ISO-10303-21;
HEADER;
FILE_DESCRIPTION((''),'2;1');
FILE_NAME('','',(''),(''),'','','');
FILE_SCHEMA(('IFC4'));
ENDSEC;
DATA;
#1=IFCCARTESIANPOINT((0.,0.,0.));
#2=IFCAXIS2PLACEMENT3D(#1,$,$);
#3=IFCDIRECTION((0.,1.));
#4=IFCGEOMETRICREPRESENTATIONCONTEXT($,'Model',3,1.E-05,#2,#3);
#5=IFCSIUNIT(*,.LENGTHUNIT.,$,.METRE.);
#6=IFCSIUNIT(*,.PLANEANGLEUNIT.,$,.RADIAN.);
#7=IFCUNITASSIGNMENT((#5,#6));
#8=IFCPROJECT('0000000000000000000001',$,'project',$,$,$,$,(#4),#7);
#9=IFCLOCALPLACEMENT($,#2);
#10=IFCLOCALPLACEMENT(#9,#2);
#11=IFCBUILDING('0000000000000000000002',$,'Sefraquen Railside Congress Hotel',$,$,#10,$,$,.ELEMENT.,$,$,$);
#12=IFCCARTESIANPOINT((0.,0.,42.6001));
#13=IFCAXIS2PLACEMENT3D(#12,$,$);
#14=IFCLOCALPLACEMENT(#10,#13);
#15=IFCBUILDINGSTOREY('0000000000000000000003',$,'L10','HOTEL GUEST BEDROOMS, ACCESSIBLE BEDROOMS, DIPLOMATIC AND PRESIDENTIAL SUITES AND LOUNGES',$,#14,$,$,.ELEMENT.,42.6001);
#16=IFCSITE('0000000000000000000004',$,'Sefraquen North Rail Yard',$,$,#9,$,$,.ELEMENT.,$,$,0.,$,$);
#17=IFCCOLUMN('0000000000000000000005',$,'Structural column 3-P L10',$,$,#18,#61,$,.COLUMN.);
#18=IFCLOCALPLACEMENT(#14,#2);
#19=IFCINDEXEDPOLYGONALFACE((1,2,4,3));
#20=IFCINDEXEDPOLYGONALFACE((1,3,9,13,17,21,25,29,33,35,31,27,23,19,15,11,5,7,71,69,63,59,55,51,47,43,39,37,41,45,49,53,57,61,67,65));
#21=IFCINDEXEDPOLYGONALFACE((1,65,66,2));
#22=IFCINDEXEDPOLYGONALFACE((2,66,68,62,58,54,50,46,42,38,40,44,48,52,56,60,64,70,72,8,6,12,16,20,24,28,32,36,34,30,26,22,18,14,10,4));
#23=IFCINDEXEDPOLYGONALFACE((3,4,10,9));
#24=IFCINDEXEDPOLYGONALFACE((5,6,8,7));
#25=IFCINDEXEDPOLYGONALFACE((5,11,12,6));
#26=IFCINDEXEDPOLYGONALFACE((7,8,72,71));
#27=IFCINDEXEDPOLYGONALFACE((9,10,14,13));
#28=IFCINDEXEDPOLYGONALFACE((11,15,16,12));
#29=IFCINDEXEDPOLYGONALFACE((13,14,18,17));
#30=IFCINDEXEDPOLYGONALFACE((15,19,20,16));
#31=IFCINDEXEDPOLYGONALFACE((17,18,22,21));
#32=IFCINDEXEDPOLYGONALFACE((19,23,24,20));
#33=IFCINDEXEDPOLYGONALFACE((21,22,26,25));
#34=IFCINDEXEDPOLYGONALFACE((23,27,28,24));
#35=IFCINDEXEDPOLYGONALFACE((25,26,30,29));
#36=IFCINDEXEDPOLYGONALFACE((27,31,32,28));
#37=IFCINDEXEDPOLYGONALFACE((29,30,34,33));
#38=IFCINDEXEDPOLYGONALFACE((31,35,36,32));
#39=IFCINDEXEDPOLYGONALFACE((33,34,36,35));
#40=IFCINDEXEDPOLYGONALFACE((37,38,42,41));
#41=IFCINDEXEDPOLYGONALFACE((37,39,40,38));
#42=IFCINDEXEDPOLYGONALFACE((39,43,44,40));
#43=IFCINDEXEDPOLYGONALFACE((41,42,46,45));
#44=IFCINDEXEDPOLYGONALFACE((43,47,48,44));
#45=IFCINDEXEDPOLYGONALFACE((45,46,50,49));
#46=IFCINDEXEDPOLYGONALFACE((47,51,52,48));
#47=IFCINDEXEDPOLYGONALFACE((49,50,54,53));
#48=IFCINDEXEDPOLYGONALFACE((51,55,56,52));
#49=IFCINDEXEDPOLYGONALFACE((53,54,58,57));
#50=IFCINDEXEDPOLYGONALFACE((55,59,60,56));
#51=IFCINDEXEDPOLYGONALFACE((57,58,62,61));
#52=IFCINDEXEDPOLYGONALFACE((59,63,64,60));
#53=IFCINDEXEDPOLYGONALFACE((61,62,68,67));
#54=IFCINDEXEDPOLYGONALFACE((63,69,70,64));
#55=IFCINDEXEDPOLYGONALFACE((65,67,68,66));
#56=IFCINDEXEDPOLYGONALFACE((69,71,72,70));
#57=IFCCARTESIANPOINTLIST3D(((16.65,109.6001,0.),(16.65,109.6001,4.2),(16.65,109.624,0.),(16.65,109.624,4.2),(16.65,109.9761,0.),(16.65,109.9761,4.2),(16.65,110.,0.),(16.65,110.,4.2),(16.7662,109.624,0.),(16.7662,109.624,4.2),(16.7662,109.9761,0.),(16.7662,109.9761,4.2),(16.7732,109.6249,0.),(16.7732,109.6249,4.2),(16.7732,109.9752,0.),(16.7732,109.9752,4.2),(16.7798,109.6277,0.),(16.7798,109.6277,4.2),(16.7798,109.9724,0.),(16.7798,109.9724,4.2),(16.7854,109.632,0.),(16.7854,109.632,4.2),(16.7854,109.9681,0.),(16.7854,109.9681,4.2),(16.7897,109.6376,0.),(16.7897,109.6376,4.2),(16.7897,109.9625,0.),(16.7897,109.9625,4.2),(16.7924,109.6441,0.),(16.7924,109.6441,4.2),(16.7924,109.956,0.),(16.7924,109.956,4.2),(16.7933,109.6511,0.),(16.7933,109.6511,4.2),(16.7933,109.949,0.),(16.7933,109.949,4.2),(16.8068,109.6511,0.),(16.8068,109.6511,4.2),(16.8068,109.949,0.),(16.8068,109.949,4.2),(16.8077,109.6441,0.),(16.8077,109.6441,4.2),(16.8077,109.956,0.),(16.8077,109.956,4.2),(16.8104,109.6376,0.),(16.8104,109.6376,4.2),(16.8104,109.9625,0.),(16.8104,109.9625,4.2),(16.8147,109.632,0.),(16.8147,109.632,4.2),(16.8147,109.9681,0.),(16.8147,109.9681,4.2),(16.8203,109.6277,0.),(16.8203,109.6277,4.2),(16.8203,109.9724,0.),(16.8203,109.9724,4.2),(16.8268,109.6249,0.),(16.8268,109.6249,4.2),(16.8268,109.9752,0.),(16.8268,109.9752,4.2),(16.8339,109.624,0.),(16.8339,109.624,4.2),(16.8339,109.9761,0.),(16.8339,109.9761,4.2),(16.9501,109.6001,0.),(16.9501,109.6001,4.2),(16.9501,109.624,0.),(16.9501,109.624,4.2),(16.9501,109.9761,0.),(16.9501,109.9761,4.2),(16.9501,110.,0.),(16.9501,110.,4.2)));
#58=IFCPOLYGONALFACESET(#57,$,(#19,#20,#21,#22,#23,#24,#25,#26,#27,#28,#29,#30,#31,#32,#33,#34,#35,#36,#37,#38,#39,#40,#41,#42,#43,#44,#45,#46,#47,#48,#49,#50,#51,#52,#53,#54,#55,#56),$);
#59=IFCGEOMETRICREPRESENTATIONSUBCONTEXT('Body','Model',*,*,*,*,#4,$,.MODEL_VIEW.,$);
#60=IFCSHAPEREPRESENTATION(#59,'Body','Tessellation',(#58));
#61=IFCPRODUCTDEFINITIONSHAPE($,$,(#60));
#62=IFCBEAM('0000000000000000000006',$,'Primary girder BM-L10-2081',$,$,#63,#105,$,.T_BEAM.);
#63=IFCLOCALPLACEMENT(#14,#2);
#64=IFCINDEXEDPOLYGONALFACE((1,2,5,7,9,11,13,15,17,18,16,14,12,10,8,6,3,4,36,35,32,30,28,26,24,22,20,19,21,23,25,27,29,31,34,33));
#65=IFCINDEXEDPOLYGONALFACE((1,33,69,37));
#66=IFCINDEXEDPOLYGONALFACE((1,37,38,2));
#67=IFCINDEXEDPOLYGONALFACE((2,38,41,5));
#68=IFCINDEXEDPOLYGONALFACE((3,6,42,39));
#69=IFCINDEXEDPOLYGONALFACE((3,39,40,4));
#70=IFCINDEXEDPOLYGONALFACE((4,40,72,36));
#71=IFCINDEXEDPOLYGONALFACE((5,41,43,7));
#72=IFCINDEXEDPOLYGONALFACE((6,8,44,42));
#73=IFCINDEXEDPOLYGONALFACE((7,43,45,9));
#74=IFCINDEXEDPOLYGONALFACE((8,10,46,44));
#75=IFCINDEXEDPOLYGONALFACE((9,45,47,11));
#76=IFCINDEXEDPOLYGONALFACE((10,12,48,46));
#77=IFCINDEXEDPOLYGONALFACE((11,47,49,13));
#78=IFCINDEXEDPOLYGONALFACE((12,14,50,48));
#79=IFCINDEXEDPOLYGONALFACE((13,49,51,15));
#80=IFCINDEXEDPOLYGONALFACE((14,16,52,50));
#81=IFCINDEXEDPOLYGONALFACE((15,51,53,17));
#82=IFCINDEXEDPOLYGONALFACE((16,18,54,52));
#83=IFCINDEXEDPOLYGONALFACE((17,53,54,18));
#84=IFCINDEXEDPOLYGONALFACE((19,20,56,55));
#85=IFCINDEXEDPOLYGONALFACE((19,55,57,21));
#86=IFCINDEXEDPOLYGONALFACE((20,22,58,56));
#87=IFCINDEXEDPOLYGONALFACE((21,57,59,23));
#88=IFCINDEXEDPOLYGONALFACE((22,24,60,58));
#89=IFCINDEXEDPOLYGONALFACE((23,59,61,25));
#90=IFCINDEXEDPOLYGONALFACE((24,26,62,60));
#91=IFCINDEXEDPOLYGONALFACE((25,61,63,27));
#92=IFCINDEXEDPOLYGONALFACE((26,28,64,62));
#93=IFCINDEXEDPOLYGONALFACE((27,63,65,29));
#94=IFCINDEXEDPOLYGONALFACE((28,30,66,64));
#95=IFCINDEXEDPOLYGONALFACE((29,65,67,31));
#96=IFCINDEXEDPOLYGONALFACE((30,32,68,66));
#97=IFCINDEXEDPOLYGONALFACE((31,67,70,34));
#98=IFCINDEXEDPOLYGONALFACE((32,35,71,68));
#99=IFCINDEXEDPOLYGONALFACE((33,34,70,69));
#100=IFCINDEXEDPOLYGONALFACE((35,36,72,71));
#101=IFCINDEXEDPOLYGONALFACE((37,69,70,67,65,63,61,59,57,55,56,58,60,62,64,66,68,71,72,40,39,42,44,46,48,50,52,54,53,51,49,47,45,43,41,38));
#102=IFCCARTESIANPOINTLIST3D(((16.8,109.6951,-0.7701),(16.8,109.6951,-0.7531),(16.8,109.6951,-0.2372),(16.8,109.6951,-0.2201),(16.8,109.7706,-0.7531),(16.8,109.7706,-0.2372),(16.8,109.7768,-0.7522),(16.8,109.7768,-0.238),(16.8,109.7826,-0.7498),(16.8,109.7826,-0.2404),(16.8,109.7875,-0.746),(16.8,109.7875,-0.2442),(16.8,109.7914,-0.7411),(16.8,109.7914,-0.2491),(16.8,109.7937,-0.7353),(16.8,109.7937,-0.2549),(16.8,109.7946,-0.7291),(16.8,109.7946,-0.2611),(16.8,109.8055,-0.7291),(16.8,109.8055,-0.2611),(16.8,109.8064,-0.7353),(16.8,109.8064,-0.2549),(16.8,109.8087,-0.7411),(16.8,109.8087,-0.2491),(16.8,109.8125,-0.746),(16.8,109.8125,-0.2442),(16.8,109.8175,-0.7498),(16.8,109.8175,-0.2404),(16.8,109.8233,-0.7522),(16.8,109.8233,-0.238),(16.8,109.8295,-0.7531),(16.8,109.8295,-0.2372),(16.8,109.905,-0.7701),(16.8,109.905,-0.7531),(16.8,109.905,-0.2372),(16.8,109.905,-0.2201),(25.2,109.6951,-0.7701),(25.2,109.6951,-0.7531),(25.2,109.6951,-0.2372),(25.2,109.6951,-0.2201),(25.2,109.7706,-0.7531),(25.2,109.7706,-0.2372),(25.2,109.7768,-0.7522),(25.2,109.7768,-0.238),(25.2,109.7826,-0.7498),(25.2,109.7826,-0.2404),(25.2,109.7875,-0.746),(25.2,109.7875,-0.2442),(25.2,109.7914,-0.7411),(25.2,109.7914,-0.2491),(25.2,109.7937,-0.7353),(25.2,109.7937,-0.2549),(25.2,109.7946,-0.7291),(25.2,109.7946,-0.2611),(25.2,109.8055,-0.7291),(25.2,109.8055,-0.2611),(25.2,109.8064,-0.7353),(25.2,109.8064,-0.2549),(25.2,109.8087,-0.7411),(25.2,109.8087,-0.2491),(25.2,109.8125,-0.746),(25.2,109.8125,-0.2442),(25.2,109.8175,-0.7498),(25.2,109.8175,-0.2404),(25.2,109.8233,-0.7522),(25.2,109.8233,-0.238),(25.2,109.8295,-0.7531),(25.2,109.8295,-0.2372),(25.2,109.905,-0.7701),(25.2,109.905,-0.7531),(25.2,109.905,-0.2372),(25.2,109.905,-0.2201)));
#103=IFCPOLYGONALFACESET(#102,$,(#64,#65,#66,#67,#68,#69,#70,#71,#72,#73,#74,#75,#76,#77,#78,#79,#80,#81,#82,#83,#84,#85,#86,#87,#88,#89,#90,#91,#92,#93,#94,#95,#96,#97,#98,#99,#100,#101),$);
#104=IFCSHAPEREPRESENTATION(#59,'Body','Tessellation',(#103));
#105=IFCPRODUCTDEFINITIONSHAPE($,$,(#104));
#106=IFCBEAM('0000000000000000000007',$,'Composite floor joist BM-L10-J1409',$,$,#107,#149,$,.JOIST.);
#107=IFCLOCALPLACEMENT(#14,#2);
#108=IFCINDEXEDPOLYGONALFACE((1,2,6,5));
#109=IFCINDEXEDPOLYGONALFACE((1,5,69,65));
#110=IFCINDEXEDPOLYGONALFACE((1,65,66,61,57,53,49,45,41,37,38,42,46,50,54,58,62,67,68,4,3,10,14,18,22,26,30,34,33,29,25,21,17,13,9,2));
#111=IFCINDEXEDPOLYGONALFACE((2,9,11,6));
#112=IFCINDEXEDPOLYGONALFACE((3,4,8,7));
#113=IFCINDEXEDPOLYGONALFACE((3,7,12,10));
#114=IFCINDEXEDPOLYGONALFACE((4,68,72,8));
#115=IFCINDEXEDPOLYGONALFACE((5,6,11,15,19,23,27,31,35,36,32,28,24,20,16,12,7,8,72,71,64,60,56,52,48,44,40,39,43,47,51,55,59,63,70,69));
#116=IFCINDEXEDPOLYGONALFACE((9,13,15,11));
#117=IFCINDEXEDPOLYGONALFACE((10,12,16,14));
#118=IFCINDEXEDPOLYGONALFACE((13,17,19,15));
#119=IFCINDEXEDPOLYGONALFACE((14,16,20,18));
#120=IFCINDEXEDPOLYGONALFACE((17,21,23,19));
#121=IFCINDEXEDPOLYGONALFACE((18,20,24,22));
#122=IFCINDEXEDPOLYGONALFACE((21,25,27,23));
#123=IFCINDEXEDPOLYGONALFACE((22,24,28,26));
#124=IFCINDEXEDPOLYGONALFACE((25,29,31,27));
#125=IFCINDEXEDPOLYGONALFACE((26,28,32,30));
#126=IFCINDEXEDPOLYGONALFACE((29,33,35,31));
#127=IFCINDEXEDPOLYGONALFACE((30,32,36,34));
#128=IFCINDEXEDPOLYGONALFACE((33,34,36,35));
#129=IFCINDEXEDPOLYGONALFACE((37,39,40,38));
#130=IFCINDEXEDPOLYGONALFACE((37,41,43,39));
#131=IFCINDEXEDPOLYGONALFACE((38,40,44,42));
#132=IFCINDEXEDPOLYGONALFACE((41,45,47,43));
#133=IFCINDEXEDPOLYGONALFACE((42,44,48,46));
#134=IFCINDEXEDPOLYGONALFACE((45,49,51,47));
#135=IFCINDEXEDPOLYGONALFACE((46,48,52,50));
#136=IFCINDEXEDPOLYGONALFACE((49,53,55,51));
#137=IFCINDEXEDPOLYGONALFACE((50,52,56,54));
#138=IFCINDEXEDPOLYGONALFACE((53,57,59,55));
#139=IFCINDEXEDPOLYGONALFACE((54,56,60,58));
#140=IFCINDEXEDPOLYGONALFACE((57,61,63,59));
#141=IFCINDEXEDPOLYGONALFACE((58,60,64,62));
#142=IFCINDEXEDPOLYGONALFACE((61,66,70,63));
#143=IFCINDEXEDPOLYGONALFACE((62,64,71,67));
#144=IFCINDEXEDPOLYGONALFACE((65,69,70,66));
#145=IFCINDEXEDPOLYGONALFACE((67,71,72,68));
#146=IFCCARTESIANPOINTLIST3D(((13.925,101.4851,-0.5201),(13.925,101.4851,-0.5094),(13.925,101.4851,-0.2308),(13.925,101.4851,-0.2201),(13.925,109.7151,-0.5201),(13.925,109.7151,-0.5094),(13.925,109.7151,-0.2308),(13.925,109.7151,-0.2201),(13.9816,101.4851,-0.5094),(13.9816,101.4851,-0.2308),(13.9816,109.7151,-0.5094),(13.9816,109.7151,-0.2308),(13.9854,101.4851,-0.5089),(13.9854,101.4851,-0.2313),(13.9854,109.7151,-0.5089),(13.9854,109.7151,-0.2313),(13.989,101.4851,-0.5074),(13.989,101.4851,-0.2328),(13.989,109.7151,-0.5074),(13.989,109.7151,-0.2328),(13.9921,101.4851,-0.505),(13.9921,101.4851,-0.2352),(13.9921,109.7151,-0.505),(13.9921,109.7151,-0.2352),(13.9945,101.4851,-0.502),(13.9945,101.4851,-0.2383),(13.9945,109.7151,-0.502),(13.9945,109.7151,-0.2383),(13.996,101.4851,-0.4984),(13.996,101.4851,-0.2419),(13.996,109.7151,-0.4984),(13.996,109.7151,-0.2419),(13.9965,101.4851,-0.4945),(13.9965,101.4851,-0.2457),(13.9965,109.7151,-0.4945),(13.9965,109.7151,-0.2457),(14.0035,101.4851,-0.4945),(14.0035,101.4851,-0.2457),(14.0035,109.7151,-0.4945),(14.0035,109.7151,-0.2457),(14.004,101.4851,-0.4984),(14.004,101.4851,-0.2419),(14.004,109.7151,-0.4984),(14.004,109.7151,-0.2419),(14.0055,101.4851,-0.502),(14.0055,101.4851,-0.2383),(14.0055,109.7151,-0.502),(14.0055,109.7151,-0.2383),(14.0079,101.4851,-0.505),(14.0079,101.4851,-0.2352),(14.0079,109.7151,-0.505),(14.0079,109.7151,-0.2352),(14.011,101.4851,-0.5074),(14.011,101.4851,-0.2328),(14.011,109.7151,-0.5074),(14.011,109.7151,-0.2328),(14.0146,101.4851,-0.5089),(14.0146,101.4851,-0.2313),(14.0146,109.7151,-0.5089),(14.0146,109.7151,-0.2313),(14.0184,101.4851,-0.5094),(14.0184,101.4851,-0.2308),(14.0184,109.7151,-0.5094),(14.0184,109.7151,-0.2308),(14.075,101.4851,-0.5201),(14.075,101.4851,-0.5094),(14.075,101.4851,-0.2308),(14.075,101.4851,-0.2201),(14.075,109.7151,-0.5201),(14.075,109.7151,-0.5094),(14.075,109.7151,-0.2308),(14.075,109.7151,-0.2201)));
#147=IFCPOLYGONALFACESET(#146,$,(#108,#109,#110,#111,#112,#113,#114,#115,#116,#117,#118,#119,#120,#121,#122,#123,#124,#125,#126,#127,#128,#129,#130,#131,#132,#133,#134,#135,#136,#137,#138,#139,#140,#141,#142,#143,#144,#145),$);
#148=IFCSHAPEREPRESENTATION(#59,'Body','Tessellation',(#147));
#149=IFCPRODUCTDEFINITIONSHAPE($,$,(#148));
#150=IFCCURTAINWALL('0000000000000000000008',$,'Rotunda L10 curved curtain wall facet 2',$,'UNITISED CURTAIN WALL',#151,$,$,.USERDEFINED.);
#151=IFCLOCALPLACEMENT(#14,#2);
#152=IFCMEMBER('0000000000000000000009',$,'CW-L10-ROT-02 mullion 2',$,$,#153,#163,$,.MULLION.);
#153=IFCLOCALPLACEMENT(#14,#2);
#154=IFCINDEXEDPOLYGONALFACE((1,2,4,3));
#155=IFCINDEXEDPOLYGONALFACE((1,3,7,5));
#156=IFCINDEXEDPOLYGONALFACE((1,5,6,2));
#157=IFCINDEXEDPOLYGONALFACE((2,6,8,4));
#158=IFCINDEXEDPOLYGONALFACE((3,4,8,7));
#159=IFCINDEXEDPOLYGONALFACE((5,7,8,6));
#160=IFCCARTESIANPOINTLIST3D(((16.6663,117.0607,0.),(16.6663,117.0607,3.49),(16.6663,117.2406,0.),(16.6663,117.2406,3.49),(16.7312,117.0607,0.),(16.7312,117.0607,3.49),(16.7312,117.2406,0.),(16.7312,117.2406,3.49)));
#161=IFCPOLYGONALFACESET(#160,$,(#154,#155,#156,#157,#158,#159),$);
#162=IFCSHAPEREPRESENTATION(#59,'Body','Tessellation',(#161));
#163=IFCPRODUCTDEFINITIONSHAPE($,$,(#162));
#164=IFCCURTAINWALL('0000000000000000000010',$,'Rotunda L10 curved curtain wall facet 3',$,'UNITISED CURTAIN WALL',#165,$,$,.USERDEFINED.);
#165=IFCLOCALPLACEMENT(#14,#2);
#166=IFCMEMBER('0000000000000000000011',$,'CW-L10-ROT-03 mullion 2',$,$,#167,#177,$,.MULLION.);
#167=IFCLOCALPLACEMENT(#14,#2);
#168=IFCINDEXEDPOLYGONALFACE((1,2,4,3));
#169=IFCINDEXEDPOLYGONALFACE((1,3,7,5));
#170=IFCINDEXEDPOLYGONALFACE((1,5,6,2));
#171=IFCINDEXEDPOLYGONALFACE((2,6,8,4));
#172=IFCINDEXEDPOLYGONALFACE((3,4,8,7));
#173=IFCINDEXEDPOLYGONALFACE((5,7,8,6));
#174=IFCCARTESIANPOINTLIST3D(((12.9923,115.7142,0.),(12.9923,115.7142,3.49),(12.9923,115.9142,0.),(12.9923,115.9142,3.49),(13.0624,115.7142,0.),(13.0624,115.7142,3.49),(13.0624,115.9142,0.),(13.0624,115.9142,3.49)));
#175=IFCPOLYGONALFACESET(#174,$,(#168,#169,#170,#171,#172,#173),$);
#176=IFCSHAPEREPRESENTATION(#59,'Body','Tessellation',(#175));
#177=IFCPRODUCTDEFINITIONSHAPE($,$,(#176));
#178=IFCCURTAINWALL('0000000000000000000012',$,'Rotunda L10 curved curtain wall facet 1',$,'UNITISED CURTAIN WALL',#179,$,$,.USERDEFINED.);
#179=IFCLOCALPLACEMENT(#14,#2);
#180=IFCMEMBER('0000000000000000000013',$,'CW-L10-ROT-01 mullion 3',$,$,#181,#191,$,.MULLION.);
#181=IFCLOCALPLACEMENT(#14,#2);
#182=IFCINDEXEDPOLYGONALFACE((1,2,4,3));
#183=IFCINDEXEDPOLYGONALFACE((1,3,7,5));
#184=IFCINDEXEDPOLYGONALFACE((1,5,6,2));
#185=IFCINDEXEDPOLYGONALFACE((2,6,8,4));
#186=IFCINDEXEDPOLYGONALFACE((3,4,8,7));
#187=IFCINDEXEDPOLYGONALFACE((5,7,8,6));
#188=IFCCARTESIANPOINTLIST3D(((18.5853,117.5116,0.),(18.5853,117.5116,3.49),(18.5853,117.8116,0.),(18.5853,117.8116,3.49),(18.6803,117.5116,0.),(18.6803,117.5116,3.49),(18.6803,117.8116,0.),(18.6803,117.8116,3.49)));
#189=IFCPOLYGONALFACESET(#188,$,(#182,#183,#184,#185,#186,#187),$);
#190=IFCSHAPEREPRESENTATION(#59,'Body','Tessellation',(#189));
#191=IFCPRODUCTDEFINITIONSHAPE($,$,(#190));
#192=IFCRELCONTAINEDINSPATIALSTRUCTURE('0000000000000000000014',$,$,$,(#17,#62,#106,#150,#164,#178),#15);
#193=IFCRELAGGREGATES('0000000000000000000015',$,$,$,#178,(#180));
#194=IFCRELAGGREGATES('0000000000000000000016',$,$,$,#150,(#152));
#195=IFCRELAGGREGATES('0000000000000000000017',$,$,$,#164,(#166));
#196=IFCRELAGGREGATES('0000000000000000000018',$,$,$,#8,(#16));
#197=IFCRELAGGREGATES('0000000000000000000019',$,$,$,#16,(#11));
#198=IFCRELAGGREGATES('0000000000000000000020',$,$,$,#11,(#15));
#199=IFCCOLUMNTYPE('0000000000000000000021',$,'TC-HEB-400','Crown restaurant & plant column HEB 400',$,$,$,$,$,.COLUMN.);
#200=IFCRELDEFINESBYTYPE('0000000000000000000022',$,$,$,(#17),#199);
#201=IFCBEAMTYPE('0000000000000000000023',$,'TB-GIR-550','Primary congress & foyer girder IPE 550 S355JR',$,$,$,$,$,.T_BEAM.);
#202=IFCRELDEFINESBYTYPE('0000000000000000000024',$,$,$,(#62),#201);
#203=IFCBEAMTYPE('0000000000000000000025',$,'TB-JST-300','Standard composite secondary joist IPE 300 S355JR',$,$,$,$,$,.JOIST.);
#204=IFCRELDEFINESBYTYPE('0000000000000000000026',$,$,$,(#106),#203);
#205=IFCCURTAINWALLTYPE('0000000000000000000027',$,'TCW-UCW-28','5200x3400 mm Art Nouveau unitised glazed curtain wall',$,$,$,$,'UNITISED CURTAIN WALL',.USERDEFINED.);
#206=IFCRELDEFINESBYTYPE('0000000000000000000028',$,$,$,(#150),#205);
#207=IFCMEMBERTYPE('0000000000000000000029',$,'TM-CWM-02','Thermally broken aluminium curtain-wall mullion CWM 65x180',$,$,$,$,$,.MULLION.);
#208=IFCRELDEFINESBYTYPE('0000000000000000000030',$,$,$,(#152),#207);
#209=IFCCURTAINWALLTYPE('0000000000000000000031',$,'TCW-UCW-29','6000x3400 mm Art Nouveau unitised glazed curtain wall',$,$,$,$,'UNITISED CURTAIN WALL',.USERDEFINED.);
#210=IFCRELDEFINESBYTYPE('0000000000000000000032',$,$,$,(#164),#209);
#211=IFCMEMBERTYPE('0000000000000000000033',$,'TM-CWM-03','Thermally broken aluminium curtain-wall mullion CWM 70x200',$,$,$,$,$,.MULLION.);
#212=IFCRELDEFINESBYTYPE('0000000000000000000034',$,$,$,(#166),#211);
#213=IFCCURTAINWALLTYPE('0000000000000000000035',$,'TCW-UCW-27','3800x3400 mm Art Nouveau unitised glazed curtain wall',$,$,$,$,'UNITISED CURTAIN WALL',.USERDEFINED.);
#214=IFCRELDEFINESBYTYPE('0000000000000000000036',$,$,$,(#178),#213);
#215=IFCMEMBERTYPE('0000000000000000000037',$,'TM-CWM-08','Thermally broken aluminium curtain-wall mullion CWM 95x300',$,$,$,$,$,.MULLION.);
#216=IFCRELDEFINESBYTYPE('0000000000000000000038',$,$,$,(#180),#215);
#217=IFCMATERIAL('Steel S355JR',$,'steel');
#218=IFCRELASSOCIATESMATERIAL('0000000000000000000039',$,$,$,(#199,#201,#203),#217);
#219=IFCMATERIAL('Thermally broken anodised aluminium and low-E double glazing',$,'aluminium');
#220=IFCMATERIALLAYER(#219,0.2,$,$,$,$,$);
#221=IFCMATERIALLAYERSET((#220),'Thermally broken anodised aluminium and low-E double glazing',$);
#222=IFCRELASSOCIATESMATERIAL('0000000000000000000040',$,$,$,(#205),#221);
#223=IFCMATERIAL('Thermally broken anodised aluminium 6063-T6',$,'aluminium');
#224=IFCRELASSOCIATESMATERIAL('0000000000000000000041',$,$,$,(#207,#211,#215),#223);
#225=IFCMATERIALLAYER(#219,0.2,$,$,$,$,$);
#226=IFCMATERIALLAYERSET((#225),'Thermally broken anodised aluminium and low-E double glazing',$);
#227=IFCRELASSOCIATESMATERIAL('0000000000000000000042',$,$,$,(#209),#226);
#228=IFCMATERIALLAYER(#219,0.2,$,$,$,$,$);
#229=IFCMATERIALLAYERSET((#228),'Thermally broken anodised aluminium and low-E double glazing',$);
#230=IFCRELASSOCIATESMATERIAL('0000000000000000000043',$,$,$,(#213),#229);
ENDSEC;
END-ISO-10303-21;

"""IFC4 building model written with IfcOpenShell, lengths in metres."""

from ifc_helpers import new_model, si_unit, direction, frame, origin, origin_2d, place, context, subcontext, project, spatial, rectangle, i_section, extrude, material, layer, layer_set, material_profile, profile_set, type_object, element, aggregate, save


model = new_model("IFC4")

# Units and contexts
model_context = context("Model", 3, precision=1e-05, world=origin(), true_north=direction((0.0, 1.0)))
body_context = subcontext(model_context, "Body", "Model", "MODEL_VIEW")
ifc_project = project(units=[si_unit("LENGTHUNIT", "METRE"), si_unit("PLANEANGLEUNIT", "RADIAN")], contexts=[model_context])

# Site, building, storey
site_placement = place(None, origin())
site = spatial("IfcSite", under=ifc_project, at=site_placement, Name="Sefraquen North Rail Yard", CompositionType="ELEMENT", RefElevation=0.0)
building_placement = place(site_placement, origin())
building = spatial("IfcBuilding", under=site, at=building_placement, Name="Sefraquen Railside Congress Hotel", CompositionType="ELEMENT")
storey_placement = place(building_placement, frame((0.0, 0.0, 42.6001)))
storey = spatial("IfcBuildingStorey", under=building, at=storey_placement, Name="L10", Description="HOTEL GUEST BEDROOMS, ACCESSIBLE BEDROOMS, DIPLOMATIC AND PRESIDENTIAL SUITES AND LOUNGES", CompositionType="ELEMENT", Elevation=42.6001)

# Column
ifc_material_1 = material(Name="Steel S355JR", Category="steel")
ifc_material_profile_1 = material_profile(ifc_material_1, i_section(OverallWidth=0.3, OverallDepth=0.3999, WebThickness=0.0134, FlangeThickness=0.0239, FilletRadius=0.0271, at=origin_2d()), Name="HEB 400")
ifc_profile_set_1 = profile_set([ifc_material_profile_1], Name="Steel S355JR")
column_type = type_object("IfcColumnType", Name="TC-HEB-400", Description="Crown restaurant & plant column HEB 400", PredefinedType="COLUMN", material=ifc_profile_set_1)
column_placement = place(storey_placement, frame((16.8, 109.8, 0.0), z_axis=(0.0, 0.0, 1.0), x_axis=(1.0, 0.0, 0.0)))
element("IfcColumn", 1, at=column_placement, inside=storey, type_object=column_type, Name="Structural column 3-P L10", PredefinedType="COLUMN", context=body_context, shape_type="SweptSolid", body=[
    extrude(i_section(OverallWidth=0.3, OverallDepth=0.3999, WebThickness=0.0134, FlangeThickness=0.0239, FilletRadius=0.0271, at=origin_2d()), origin(), (0.0, 0.0, 1.0), 4.2),
])

# Beams
ifc_material_profile_2 = material_profile(ifc_material_1, i_section(OverallWidth=0.21, OverallDepth=0.55, WebThickness=0.011, FlangeThickness=0.0171, FilletRadius=0.0239, at=origin_2d()), Name="IPE 550")
ifc_profile_set_2 = profile_set([ifc_material_profile_2], Name="Steel S355JR")
beam_type_1 = type_object("IfcBeamType", Name="TB-GIR-550", Description="Primary congress & foyer girder IPE 550 S355JR", PredefinedType="T_BEAM", material=ifc_profile_set_2)
beam_1_placement = place(storey_placement, frame((16.8, 109.8, -0.4951), z_axis=(1.0, 0.0, 0.0), x_axis=(0.0, 1.0, 0.0)))
element("IfcBeam", 2, at=beam_1_placement, inside=storey, type_object=beam_type_1, Name="Primary girder BM-L10-2081", PredefinedType="T_BEAM", context=body_context, shape_type="SweptSolid", body=[
    extrude(i_section(OverallWidth=0.21, OverallDepth=0.55, WebThickness=0.011, FlangeThickness=0.0171, FilletRadius=0.0239, at=origin_2d()), origin(), (0.0, 0.0, 1.0), 8.3999),
])
ifc_material_profile_3 = material_profile(ifc_material_1, i_section(OverallWidth=0.1499, OverallDepth=0.3, WebThickness=0.0071, FlangeThickness=0.0107, FilletRadius=0.0149, at=origin_2d()), Name="IPE 300")
ifc_profile_set_3 = profile_set([ifc_material_profile_3], Name="Steel S355JR")
beam_type_2 = type_object("IfcBeamType", Name="TB-JST-300", Description="Standard composite secondary joist IPE 300 S355JR", PredefinedType="JOIST", material=ifc_profile_set_3)
beam_2_placement = place(storey_placement, frame((14.0, 101.4851, -0.3701), z_axis=(0.0, 1.0, 0.0), x_axis=(-1.0, 0.0, 0.0)))
element("IfcBeam", 3, at=beam_2_placement, inside=storey, type_object=beam_type_2, Name="Composite floor joist BM-L10-J1409", PredefinedType="JOIST", context=body_context, shape_type="SweptSolid", body=[
    extrude(i_section(OverallWidth=0.1499, OverallDepth=0.3, WebThickness=0.0071, FlangeThickness=0.0107, FilletRadius=0.0149, at=origin_2d()), origin(), (0.0, 0.0, 1.0), 8.23),
])

# Curtain walls, members
ifc_material_2 = material(Name="Thermally broken anodised aluminium and low-E double glazing", Category="aluminium")
ifc_layer_1 = layer(ifc_material_2, 0.2)
ifc_layer_set_1 = layer_set([ifc_layer_1], Name="Thermally broken anodised aluminium and low-E double glazing")
curtain_wall_type_1 = type_object("IfcCurtainWallType", Name="TCW-UCW-28", Description="5200x3400 mm Art Nouveau unitised glazed curtain wall", ElementType="UNITISED CURTAIN WALL", PredefinedType="USERDEFINED", material=ifc_layer_set_1)
curtain_wall_1_placement = place(storey_placement, origin())
curtain_wall_1 = element("IfcCurtainWall", 4, at=curtain_wall_1_placement, inside=storey, type_object=curtain_wall_type_1, Name="Rotunda L10 curved curtain wall facet 2", ObjectType="UNITISED CURTAIN WALL", PredefinedType="USERDEFINED")
ifc_material_3 = material(Name="Thermally broken anodised aluminium 6063-T6", Category="aluminium")
ifc_material_profile_4 = material_profile(ifc_material_3, rectangle(XDim=0.0649, YDim=0.1799, at=origin_2d()), Name="CWM 65x180")
ifc_profile_set_4 = profile_set([ifc_material_profile_4], Name="Thermally broken anodised aluminium 6063-T6")
member_type_1 = type_object("IfcMemberType", Name="TM-CWM-02", Description="Thermally broken aluminium curtain-wall mullion CWM 65x180", PredefinedType="MULLION", material=ifc_profile_set_4)
member_1_placement = place(storey_placement, frame((16.6987, 117.1506, 0.0), z_axis=(0.0, 0.0, 1.0), x_axis=(1.0, 0.0, 0.0)))
member_1 = element("IfcMember", 5, at=member_1_placement, type_object=member_type_1, Name="CW-L10-ROT-02 mullion 2", PredefinedType="MULLION", context=body_context, shape_type="SweptSolid", body=[
    extrude(rectangle(XDim=0.0649, YDim=0.1799, at=origin_2d()), origin(), (0.0, 0.0, 1.0), 3.49),
])
ifc_layer_2 = layer(ifc_material_2, 0.2)
ifc_layer_set_2 = layer_set([ifc_layer_2], Name="Thermally broken anodised aluminium and low-E double glazing")
curtain_wall_type_2 = type_object("IfcCurtainWallType", Name="TCW-UCW-29", Description="6000x3400 mm Art Nouveau unitised glazed curtain wall", ElementType="UNITISED CURTAIN WALL", PredefinedType="USERDEFINED", material=ifc_layer_set_2)
curtain_wall_2_placement = place(storey_placement, origin())
curtain_wall_2 = element("IfcCurtainWall", 6, at=curtain_wall_2_placement, inside=storey, type_object=curtain_wall_type_2, Name="Rotunda L10 curved curtain wall facet 3", ObjectType="UNITISED CURTAIN WALL", PredefinedType="USERDEFINED")
ifc_material_profile_5 = material_profile(ifc_material_3, rectangle(XDim=0.0701, YDim=0.2, at=origin_2d()), Name="CWM 70x200")
ifc_profile_set_5 = profile_set([ifc_material_profile_5], Name="Thermally broken anodised aluminium 6063-T6")
member_type_2 = type_object("IfcMemberType", Name="TM-CWM-03", Description="Thermally broken aluminium curtain-wall mullion CWM 70x200", PredefinedType="MULLION", material=ifc_profile_set_5)
member_2_placement = place(storey_placement, frame((13.0273, 115.8142, 0.0), z_axis=(0.0, 0.0, 1.0), x_axis=(1.0, 0.0, 0.0)))
member_2 = element("IfcMember", 7, at=member_2_placement, type_object=member_type_2, Name="CW-L10-ROT-03 mullion 2", PredefinedType="MULLION", context=body_context, shape_type="SweptSolid", body=[
    extrude(rectangle(XDim=0.0701, YDim=0.2, at=origin_2d()), origin(), (0.0, 0.0, 1.0), 3.49),
])
ifc_layer_3 = layer(ifc_material_2, 0.2)
ifc_layer_set_3 = layer_set([ifc_layer_3], Name="Thermally broken anodised aluminium and low-E double glazing")
curtain_wall_type_3 = type_object("IfcCurtainWallType", Name="TCW-UCW-27", Description="3800x3400 mm Art Nouveau unitised glazed curtain wall", ElementType="UNITISED CURTAIN WALL", PredefinedType="USERDEFINED", material=ifc_layer_set_3)
curtain_wall_3_placement = place(storey_placement, origin())
curtain_wall_3 = element("IfcCurtainWall", 8, at=curtain_wall_3_placement, inside=storey, type_object=curtain_wall_type_3, Name="Rotunda L10 curved curtain wall facet 1", ObjectType="UNITISED CURTAIN WALL", PredefinedType="USERDEFINED")
ifc_material_profile_6 = material_profile(ifc_material_3, rectangle(XDim=0.095, YDim=0.3, at=origin_2d()), Name="CWM 95x300")
ifc_profile_set_6 = profile_set([ifc_material_profile_6], Name="Thermally broken anodised aluminium 6063-T6")
member_type_3 = type_object("IfcMemberType", Name="TM-CWM-08", Description="Thermally broken aluminium curtain-wall mullion CWM 95x300", PredefinedType="MULLION", material=ifc_profile_set_6)
member_3_placement = place(storey_placement, frame((18.6328, 117.6616, 0.0), z_axis=(0.0, 0.0, 1.0), x_axis=(1.0, 0.0, 0.0)))
member_3 = element("IfcMember", 9, at=member_3_placement, type_object=member_type_3, Name="CW-L10-ROT-01 mullion 3", PredefinedType="MULLION", context=body_context, shape_type="SweptSolid", body=[
    extrude(rectangle(XDim=0.095, YDim=0.3, at=origin_2d()), origin(), (0.0, 0.0, 1.0), 3.49),
])

aggregate(curtain_wall_3, [member_3])
aggregate(curtain_wall_1, [member_1])
aggregate(curtain_wall_2, [member_2])

save(model, "model.ifc")
